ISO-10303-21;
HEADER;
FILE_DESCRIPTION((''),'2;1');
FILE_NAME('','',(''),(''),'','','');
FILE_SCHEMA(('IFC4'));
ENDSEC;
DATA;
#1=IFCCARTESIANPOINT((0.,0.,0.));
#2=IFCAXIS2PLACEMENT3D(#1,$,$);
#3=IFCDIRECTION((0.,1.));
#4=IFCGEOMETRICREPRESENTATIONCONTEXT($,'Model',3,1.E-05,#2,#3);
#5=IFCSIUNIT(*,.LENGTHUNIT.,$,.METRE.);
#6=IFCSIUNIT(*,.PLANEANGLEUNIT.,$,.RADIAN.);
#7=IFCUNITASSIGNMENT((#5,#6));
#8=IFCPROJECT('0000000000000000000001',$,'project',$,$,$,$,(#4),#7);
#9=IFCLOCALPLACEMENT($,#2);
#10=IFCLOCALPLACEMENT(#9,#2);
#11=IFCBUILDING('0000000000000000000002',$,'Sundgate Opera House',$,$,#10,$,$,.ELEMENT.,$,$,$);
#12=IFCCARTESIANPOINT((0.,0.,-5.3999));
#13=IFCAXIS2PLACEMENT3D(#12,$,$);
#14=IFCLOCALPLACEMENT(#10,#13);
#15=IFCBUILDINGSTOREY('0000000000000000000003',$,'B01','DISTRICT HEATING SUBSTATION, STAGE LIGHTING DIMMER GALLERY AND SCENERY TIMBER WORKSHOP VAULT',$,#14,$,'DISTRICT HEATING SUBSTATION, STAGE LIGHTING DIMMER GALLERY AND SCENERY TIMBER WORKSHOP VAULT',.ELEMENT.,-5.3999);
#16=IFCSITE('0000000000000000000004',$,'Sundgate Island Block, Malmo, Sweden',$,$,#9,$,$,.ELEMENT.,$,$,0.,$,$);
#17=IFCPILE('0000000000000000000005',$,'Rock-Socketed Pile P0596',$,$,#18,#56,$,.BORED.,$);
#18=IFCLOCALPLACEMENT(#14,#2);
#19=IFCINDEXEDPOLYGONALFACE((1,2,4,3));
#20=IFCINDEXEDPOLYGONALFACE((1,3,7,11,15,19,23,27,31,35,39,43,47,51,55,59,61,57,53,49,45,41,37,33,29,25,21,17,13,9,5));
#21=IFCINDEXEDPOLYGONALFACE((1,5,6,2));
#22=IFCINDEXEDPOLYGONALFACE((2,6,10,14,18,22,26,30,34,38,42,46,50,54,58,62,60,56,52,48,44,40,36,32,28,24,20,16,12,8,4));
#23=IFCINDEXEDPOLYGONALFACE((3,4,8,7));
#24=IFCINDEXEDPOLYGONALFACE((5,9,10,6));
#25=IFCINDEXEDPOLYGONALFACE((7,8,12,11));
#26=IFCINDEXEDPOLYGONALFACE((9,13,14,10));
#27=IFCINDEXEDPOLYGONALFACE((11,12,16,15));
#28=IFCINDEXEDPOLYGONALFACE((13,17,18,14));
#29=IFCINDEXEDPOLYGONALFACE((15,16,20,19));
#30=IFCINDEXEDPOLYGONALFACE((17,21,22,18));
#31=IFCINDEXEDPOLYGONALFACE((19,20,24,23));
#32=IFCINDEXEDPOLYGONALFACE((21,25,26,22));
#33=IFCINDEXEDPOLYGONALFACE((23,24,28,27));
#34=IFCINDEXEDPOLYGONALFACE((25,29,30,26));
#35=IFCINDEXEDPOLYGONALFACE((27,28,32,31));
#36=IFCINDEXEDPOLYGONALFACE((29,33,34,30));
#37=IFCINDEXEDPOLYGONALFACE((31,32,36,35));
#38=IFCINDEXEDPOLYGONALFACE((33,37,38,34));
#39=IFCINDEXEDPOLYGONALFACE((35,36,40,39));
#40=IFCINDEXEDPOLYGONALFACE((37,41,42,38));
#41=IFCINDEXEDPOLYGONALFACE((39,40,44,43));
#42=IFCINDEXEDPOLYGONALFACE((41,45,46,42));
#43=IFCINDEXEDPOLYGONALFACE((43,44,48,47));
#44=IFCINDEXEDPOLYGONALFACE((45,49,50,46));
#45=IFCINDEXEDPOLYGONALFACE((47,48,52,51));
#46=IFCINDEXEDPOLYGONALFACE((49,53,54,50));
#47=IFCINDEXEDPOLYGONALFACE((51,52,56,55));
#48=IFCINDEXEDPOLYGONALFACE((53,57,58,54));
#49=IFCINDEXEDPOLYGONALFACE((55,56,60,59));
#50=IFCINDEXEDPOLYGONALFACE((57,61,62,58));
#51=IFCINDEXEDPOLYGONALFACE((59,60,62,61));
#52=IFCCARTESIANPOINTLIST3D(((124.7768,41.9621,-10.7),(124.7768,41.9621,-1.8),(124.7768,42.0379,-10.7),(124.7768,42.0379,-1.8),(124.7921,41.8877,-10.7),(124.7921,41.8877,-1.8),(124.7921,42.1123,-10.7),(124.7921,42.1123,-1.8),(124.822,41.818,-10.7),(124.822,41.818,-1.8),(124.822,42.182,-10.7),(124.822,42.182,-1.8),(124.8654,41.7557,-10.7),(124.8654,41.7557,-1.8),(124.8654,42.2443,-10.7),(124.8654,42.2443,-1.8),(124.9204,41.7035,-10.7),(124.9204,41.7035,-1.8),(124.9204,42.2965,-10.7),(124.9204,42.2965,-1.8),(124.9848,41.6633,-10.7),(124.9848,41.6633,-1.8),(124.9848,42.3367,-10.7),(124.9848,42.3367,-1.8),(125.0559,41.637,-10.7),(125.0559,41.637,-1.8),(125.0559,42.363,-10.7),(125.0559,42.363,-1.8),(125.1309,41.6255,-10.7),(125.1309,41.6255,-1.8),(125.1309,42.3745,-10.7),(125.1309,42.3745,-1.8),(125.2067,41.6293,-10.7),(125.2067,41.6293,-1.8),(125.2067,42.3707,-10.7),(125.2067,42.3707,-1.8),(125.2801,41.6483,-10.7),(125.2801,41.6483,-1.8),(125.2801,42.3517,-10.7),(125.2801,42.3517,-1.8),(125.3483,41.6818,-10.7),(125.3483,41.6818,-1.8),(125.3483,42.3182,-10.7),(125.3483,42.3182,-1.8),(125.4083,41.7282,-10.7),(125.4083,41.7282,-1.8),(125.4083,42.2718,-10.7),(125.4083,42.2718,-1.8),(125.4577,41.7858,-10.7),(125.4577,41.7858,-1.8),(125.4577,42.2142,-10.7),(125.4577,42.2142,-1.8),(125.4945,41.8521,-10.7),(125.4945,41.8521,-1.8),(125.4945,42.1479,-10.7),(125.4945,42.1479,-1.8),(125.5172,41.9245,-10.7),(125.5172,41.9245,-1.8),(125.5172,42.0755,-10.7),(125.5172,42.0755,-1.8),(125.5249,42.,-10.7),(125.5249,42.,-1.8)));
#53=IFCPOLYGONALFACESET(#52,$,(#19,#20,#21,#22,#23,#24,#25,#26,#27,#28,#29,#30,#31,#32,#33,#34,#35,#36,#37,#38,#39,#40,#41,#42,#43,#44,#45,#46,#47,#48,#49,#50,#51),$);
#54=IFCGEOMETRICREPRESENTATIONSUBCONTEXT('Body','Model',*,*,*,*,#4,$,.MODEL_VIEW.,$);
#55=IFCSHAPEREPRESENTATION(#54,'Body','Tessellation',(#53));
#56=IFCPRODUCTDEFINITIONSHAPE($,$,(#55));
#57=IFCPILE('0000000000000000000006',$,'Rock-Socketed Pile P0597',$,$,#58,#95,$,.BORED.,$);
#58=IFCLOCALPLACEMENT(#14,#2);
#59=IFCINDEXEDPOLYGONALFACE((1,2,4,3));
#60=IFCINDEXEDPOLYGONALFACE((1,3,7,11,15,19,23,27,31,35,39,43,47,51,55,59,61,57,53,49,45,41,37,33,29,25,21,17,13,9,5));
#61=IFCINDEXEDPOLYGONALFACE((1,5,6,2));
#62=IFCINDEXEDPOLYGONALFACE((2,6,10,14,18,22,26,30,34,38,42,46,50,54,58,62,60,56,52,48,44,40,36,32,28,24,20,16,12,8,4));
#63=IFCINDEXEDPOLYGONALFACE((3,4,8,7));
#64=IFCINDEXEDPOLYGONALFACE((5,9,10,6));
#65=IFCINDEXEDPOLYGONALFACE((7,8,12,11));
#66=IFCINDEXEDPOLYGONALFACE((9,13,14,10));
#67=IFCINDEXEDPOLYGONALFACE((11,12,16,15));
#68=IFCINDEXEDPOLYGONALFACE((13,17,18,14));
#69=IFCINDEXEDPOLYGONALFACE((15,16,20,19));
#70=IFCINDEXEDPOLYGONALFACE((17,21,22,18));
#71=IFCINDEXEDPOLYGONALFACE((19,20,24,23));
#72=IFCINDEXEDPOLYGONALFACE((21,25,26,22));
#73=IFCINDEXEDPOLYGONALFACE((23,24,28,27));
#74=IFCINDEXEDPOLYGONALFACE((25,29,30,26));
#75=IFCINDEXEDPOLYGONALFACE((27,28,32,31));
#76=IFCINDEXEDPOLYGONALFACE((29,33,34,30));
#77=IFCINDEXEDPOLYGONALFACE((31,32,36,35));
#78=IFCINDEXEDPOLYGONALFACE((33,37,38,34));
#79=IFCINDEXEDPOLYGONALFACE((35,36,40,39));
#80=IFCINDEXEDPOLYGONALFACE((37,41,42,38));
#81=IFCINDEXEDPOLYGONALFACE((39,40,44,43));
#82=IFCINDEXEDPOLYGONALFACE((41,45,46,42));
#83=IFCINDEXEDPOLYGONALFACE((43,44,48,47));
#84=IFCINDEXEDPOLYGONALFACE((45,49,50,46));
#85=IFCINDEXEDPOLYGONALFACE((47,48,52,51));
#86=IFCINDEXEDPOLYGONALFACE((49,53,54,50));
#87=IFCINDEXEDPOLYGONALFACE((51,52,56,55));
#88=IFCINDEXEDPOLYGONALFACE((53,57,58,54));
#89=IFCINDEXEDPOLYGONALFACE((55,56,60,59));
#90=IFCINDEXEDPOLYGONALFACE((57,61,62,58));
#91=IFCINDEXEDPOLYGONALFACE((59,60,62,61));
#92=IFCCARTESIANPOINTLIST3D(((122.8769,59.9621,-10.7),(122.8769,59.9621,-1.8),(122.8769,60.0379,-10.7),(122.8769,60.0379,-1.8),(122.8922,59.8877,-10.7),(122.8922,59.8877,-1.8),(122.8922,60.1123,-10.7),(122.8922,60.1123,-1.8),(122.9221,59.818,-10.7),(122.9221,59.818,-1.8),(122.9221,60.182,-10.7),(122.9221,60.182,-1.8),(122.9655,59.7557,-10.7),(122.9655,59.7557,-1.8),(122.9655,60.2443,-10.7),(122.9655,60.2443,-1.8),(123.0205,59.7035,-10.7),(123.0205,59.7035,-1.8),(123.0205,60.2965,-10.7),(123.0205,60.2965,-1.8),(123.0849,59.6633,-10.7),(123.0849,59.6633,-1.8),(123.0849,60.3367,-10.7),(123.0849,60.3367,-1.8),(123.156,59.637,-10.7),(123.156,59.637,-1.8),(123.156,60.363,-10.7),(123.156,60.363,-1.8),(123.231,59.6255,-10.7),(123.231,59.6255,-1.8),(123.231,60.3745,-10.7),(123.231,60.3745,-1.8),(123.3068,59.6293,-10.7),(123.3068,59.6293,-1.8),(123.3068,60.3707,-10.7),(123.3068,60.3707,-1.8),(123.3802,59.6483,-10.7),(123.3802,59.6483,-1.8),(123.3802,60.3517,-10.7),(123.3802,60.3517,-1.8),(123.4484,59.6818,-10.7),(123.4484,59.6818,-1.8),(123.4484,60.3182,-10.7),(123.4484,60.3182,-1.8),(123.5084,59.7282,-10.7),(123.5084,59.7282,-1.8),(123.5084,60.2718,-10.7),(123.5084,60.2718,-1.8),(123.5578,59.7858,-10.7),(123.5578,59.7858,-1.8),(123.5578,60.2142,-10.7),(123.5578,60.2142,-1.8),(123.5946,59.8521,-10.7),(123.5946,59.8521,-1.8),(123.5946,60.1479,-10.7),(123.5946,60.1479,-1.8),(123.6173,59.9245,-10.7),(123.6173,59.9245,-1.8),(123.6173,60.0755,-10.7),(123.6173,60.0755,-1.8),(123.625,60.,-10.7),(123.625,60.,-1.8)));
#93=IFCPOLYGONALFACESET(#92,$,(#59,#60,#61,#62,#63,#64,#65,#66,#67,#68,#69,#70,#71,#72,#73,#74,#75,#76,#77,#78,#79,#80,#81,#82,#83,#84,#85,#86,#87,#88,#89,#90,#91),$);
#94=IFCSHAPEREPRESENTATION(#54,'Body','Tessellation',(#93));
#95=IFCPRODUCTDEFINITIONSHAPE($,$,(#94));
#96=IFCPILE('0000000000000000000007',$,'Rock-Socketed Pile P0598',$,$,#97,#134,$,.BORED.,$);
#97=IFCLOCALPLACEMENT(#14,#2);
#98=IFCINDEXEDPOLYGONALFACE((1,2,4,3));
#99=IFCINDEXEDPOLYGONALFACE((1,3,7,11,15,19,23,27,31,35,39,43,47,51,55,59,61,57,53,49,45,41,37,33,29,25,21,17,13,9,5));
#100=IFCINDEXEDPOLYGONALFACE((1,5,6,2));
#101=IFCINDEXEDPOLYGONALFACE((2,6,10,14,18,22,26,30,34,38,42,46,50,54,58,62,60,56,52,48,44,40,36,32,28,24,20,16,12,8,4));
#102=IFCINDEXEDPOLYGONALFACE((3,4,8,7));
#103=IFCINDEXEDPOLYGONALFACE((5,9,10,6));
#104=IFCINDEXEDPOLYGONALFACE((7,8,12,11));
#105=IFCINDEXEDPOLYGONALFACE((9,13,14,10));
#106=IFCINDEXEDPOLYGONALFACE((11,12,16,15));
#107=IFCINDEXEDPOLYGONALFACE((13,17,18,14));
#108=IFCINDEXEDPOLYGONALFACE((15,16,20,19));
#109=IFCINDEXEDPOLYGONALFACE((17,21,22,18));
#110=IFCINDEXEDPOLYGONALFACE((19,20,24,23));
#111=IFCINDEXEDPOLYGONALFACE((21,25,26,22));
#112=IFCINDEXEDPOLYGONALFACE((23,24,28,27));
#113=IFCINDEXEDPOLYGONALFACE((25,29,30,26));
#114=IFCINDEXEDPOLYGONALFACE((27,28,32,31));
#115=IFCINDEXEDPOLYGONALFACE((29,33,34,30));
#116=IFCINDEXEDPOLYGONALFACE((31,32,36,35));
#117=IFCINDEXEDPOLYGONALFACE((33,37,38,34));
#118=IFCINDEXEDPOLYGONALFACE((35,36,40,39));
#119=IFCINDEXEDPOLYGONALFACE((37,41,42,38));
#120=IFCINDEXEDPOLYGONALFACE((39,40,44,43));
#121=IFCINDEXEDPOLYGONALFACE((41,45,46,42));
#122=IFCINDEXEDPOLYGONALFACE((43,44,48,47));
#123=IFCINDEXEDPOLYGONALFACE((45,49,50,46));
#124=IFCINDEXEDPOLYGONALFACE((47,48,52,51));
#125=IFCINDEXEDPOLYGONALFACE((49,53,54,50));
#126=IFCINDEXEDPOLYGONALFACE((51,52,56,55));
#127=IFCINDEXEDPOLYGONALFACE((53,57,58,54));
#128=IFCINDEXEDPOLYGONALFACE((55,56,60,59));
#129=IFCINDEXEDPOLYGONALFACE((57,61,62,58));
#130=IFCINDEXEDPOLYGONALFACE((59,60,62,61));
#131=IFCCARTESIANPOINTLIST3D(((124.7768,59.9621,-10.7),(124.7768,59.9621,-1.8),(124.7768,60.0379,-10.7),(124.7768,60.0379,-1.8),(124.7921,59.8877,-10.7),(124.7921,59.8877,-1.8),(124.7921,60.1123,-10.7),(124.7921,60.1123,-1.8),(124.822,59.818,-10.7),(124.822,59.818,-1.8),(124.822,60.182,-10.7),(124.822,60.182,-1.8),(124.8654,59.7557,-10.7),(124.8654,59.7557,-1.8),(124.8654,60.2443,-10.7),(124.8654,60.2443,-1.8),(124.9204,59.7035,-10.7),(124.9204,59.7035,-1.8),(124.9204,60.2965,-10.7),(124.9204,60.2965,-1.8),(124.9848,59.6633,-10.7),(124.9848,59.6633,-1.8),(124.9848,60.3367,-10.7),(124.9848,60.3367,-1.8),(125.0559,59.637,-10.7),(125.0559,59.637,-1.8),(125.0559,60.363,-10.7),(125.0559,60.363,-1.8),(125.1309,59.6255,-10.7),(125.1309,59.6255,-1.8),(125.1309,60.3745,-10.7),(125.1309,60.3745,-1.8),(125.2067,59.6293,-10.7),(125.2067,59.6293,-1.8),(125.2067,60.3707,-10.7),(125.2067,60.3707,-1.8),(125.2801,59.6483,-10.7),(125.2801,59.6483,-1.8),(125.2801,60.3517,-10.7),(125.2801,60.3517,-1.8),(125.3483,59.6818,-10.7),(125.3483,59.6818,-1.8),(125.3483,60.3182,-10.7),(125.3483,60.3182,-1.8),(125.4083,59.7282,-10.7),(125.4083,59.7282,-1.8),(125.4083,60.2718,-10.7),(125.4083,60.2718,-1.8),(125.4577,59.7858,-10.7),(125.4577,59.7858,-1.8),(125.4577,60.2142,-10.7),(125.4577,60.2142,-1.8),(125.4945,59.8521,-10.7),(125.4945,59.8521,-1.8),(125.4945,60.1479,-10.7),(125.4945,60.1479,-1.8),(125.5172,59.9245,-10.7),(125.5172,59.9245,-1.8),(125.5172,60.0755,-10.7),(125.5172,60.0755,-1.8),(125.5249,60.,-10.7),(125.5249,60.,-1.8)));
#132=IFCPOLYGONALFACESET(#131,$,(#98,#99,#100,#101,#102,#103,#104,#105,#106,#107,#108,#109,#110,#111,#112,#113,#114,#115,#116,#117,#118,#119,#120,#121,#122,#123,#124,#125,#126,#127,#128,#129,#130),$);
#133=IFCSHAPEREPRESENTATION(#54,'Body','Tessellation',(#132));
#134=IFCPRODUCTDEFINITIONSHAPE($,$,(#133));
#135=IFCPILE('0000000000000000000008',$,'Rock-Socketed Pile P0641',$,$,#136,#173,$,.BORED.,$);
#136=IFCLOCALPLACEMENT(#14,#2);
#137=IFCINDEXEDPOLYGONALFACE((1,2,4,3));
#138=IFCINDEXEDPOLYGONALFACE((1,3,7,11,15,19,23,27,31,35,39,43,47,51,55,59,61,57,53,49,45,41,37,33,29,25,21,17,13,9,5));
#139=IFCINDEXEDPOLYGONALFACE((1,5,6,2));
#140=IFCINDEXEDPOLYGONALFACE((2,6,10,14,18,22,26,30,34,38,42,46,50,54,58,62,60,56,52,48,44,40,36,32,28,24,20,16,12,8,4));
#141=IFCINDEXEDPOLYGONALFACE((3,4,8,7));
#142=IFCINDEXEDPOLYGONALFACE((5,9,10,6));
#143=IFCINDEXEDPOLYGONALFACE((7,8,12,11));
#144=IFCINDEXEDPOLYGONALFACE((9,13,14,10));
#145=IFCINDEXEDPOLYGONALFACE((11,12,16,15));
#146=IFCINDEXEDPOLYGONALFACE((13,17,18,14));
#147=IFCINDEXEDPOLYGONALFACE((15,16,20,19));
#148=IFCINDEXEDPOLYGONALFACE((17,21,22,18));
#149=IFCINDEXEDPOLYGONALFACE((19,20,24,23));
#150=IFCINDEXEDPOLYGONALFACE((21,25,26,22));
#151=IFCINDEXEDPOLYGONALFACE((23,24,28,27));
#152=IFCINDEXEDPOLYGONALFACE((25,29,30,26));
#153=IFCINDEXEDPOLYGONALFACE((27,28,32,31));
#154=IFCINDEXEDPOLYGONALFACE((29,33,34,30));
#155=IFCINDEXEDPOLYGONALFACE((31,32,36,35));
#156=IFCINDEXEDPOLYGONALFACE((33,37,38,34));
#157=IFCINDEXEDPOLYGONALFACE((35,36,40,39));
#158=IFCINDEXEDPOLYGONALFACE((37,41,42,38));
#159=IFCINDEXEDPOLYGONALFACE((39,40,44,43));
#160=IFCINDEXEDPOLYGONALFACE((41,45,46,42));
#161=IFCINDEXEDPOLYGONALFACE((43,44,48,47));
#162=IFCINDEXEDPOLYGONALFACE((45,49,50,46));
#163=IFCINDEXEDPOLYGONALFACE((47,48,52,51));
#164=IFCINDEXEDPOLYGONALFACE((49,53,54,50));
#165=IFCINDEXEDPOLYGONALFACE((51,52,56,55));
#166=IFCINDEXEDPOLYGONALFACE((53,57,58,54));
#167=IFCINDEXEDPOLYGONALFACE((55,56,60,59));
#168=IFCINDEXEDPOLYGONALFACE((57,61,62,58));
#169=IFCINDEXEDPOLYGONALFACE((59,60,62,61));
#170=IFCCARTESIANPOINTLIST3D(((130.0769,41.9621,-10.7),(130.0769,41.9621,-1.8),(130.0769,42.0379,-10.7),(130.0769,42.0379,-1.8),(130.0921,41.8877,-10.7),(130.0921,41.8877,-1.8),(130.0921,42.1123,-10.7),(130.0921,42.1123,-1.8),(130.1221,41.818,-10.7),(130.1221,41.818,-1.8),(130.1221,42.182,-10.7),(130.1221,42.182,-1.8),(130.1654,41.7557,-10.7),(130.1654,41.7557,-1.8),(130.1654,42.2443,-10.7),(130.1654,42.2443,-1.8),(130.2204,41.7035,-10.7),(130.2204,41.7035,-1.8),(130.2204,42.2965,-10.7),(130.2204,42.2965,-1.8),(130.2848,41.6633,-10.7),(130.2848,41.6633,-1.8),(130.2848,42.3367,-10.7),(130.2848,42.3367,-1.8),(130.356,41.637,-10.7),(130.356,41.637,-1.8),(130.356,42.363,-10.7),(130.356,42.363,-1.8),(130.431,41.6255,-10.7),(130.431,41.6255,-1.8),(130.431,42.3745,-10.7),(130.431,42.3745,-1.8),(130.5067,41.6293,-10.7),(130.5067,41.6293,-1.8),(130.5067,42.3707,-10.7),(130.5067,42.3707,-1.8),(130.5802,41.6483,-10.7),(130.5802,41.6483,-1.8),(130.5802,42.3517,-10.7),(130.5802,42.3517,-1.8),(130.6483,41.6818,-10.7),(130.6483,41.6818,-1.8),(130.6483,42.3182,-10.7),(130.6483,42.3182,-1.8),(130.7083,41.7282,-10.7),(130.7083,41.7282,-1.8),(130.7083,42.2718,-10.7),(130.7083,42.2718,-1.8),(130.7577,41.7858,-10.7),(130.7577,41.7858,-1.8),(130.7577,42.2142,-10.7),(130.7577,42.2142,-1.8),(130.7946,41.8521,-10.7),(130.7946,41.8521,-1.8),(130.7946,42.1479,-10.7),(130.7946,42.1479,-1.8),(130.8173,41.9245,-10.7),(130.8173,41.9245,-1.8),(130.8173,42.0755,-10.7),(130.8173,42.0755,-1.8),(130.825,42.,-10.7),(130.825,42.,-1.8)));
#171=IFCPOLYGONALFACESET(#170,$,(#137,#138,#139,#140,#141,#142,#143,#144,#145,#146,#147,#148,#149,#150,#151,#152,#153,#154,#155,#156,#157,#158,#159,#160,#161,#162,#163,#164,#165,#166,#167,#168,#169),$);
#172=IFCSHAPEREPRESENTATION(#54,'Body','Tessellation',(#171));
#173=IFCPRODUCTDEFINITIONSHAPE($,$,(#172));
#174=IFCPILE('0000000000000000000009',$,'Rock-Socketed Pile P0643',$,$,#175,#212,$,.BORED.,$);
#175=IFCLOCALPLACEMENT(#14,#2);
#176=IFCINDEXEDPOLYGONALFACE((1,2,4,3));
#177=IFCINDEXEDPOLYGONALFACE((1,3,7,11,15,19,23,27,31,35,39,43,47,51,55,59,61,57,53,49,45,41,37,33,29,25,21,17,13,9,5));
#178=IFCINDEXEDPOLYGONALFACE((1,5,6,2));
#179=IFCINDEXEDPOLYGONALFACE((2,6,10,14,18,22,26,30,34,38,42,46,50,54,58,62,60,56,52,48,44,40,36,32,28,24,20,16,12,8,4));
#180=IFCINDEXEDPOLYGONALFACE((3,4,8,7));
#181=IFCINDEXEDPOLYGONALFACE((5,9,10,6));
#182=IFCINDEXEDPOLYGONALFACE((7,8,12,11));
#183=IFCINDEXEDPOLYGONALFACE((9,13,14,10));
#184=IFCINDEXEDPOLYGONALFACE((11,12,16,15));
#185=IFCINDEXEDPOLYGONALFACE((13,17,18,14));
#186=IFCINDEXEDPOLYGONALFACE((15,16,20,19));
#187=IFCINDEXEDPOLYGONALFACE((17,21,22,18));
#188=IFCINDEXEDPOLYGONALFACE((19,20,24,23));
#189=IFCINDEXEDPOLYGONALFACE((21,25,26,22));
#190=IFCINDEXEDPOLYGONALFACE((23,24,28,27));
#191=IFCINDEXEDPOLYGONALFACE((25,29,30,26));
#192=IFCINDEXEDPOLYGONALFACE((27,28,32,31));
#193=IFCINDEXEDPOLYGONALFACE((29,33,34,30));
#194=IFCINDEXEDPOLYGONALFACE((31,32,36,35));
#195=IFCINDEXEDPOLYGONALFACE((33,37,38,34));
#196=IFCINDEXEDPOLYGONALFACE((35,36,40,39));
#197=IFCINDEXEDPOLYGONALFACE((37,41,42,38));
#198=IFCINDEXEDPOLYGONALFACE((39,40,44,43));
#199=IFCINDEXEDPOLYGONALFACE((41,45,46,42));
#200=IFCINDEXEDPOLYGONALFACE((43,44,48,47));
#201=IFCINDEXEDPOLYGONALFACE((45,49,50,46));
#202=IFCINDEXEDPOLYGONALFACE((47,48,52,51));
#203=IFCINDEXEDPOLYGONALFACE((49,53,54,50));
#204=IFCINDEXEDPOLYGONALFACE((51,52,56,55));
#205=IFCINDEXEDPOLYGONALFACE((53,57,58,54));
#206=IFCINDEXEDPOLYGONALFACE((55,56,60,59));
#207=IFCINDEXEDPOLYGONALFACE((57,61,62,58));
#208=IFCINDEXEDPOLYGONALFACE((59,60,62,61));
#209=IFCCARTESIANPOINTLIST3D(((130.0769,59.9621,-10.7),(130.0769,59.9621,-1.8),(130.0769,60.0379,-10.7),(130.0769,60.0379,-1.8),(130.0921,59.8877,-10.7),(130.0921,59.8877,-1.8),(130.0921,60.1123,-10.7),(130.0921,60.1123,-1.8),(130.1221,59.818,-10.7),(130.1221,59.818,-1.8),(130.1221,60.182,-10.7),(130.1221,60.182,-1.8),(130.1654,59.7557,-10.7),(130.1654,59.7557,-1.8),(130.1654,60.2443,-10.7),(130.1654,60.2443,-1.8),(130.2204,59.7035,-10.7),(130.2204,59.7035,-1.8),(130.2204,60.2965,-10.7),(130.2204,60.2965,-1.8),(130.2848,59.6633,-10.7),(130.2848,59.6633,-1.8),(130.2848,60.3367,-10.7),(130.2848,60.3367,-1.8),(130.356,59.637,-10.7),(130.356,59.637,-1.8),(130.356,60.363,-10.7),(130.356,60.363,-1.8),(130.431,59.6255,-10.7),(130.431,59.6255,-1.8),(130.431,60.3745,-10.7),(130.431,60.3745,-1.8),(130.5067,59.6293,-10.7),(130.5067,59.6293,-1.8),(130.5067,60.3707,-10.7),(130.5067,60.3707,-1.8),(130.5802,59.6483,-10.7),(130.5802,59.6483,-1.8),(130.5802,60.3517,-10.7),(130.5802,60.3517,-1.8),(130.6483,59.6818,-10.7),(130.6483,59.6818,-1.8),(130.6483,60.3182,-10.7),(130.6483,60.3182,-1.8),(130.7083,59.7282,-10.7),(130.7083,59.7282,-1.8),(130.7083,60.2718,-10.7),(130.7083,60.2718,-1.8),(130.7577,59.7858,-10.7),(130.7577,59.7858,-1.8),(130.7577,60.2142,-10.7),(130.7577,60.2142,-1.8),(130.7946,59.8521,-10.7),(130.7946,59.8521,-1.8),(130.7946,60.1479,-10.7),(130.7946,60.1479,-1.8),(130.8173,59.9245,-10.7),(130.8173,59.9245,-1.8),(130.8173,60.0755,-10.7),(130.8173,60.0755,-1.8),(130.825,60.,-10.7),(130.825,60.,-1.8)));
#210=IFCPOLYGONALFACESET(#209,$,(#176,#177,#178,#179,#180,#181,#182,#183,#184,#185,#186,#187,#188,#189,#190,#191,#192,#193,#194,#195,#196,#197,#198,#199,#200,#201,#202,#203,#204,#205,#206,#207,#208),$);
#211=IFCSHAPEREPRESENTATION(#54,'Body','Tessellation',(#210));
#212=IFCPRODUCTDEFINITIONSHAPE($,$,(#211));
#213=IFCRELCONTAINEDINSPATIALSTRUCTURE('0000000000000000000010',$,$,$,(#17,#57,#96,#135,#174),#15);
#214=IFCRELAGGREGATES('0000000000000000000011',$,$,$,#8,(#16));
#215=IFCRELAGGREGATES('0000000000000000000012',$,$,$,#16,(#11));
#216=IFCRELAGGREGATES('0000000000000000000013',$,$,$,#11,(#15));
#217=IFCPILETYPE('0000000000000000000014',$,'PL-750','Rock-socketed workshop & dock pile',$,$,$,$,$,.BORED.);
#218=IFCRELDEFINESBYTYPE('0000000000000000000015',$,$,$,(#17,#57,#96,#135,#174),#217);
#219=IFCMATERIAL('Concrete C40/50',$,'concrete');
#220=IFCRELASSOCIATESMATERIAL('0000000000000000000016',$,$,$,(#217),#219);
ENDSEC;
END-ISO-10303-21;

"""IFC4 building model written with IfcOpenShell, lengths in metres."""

from ifc_helpers import new_model, si_unit, direction, frame, origin, origin_2d, place, context, subcontext, project, spatial, circle, extrude, material, material_profile, profile_set, type_object, element, save


model = new_model("IFC4")

# Units and contexts
model_context = context("Model", 3, precision=1e-05, world=origin(), true_north=direction((0.0, 1.0)))
body_context = subcontext(model_context, "Body", "Model", "MODEL_VIEW")
ifc_project = project(units=[si_unit("LENGTHUNIT", "METRE"), si_unit("PLANEANGLEUNIT", "RADIAN")], contexts=[model_context])

# Site, building, storey
site_placement = place(None, origin())
site = spatial("IfcSite", under=ifc_project, at=site_placement, Name="Sundgate Island Block, Malmo, Sweden", CompositionType="ELEMENT", RefElevation=0.0)
building_placement = place(site_placement, origin())
building = spatial("IfcBuilding", under=site, at=building_placement, Name="Sundgate Opera House", CompositionType="ELEMENT")
storey_placement = place(building_placement, frame((0.0, 0.0, -5.3999)))
storey = spatial("IfcBuildingStorey", under=building, at=storey_placement, Name="B01", Description="DISTRICT HEATING SUBSTATION, STAGE LIGHTING DIMMER GALLERY AND SCENERY TIMBER WORKSHOP VAULT", LongName="DISTRICT HEATING SUBSTATION, STAGE LIGHTING DIMMER GALLERY AND SCENERY TIMBER WORKSHOP VAULT", CompositionType="ELEMENT", Elevation=-5.3999)

# Piles
ifc_material_1 = material(Name="Concrete C40/50", Category="concrete")
ifc_material_profile_1 = material_profile(ifc_material_1, circle(Radius=0.375, at=origin_2d()), Name="PILE D750")
ifc_profile_set_1 = profile_set([ifc_material_profile_1], Name="Concrete C40/50")
pile_type = type_object("IfcPileType", Name="PL-750", Description="Rock-socketed workshop & dock pile", PredefinedType="BORED", material=ifc_profile_set_1)
for number, where, z_axis, x_axis, name in (
    (1, (125.1499, 42.0, -1.8), (0.0, 0.0, -1.0), (1.0, 0.0, 0.0), "Rock-Socketed Pile P0596"),
    (2, (123.25, 60.0, -1.8), (0.0, 0.0, -1.0), (1.0, 0.0, 0.0), "Rock-Socketed Pile P0597"),
    (3, (125.1499, 60.0, -1.8), (0.0, 0.0, -1.0), (1.0, 0.0, 0.0), "Rock-Socketed Pile P0598"),
    (4, (130.45, 42.0, -1.8), (0.0, 0.0, -1.0), (1.0, 0.0, 0.0), "Rock-Socketed Pile P0641"),
    (5, (130.45, 60.0, -1.8), (0.0, 0.0, -1.0), (1.0, 0.0, 0.0), "Rock-Socketed Pile P0643"),
):
    element("IfcPile", number, at=place(storey_placement, frame(where, z_axis=z_axis, x_axis=x_axis)), inside=storey, type_object=pile_type, Name=name, PredefinedType="BORED", context=body_context, shape_type="SweptSolid", body=[
        extrude(circle(Radius=0.375, at=origin_2d()), origin(), (0.0, 0.0, 1.0), 8.8999),
    ])

save(model, "model.ifc")
